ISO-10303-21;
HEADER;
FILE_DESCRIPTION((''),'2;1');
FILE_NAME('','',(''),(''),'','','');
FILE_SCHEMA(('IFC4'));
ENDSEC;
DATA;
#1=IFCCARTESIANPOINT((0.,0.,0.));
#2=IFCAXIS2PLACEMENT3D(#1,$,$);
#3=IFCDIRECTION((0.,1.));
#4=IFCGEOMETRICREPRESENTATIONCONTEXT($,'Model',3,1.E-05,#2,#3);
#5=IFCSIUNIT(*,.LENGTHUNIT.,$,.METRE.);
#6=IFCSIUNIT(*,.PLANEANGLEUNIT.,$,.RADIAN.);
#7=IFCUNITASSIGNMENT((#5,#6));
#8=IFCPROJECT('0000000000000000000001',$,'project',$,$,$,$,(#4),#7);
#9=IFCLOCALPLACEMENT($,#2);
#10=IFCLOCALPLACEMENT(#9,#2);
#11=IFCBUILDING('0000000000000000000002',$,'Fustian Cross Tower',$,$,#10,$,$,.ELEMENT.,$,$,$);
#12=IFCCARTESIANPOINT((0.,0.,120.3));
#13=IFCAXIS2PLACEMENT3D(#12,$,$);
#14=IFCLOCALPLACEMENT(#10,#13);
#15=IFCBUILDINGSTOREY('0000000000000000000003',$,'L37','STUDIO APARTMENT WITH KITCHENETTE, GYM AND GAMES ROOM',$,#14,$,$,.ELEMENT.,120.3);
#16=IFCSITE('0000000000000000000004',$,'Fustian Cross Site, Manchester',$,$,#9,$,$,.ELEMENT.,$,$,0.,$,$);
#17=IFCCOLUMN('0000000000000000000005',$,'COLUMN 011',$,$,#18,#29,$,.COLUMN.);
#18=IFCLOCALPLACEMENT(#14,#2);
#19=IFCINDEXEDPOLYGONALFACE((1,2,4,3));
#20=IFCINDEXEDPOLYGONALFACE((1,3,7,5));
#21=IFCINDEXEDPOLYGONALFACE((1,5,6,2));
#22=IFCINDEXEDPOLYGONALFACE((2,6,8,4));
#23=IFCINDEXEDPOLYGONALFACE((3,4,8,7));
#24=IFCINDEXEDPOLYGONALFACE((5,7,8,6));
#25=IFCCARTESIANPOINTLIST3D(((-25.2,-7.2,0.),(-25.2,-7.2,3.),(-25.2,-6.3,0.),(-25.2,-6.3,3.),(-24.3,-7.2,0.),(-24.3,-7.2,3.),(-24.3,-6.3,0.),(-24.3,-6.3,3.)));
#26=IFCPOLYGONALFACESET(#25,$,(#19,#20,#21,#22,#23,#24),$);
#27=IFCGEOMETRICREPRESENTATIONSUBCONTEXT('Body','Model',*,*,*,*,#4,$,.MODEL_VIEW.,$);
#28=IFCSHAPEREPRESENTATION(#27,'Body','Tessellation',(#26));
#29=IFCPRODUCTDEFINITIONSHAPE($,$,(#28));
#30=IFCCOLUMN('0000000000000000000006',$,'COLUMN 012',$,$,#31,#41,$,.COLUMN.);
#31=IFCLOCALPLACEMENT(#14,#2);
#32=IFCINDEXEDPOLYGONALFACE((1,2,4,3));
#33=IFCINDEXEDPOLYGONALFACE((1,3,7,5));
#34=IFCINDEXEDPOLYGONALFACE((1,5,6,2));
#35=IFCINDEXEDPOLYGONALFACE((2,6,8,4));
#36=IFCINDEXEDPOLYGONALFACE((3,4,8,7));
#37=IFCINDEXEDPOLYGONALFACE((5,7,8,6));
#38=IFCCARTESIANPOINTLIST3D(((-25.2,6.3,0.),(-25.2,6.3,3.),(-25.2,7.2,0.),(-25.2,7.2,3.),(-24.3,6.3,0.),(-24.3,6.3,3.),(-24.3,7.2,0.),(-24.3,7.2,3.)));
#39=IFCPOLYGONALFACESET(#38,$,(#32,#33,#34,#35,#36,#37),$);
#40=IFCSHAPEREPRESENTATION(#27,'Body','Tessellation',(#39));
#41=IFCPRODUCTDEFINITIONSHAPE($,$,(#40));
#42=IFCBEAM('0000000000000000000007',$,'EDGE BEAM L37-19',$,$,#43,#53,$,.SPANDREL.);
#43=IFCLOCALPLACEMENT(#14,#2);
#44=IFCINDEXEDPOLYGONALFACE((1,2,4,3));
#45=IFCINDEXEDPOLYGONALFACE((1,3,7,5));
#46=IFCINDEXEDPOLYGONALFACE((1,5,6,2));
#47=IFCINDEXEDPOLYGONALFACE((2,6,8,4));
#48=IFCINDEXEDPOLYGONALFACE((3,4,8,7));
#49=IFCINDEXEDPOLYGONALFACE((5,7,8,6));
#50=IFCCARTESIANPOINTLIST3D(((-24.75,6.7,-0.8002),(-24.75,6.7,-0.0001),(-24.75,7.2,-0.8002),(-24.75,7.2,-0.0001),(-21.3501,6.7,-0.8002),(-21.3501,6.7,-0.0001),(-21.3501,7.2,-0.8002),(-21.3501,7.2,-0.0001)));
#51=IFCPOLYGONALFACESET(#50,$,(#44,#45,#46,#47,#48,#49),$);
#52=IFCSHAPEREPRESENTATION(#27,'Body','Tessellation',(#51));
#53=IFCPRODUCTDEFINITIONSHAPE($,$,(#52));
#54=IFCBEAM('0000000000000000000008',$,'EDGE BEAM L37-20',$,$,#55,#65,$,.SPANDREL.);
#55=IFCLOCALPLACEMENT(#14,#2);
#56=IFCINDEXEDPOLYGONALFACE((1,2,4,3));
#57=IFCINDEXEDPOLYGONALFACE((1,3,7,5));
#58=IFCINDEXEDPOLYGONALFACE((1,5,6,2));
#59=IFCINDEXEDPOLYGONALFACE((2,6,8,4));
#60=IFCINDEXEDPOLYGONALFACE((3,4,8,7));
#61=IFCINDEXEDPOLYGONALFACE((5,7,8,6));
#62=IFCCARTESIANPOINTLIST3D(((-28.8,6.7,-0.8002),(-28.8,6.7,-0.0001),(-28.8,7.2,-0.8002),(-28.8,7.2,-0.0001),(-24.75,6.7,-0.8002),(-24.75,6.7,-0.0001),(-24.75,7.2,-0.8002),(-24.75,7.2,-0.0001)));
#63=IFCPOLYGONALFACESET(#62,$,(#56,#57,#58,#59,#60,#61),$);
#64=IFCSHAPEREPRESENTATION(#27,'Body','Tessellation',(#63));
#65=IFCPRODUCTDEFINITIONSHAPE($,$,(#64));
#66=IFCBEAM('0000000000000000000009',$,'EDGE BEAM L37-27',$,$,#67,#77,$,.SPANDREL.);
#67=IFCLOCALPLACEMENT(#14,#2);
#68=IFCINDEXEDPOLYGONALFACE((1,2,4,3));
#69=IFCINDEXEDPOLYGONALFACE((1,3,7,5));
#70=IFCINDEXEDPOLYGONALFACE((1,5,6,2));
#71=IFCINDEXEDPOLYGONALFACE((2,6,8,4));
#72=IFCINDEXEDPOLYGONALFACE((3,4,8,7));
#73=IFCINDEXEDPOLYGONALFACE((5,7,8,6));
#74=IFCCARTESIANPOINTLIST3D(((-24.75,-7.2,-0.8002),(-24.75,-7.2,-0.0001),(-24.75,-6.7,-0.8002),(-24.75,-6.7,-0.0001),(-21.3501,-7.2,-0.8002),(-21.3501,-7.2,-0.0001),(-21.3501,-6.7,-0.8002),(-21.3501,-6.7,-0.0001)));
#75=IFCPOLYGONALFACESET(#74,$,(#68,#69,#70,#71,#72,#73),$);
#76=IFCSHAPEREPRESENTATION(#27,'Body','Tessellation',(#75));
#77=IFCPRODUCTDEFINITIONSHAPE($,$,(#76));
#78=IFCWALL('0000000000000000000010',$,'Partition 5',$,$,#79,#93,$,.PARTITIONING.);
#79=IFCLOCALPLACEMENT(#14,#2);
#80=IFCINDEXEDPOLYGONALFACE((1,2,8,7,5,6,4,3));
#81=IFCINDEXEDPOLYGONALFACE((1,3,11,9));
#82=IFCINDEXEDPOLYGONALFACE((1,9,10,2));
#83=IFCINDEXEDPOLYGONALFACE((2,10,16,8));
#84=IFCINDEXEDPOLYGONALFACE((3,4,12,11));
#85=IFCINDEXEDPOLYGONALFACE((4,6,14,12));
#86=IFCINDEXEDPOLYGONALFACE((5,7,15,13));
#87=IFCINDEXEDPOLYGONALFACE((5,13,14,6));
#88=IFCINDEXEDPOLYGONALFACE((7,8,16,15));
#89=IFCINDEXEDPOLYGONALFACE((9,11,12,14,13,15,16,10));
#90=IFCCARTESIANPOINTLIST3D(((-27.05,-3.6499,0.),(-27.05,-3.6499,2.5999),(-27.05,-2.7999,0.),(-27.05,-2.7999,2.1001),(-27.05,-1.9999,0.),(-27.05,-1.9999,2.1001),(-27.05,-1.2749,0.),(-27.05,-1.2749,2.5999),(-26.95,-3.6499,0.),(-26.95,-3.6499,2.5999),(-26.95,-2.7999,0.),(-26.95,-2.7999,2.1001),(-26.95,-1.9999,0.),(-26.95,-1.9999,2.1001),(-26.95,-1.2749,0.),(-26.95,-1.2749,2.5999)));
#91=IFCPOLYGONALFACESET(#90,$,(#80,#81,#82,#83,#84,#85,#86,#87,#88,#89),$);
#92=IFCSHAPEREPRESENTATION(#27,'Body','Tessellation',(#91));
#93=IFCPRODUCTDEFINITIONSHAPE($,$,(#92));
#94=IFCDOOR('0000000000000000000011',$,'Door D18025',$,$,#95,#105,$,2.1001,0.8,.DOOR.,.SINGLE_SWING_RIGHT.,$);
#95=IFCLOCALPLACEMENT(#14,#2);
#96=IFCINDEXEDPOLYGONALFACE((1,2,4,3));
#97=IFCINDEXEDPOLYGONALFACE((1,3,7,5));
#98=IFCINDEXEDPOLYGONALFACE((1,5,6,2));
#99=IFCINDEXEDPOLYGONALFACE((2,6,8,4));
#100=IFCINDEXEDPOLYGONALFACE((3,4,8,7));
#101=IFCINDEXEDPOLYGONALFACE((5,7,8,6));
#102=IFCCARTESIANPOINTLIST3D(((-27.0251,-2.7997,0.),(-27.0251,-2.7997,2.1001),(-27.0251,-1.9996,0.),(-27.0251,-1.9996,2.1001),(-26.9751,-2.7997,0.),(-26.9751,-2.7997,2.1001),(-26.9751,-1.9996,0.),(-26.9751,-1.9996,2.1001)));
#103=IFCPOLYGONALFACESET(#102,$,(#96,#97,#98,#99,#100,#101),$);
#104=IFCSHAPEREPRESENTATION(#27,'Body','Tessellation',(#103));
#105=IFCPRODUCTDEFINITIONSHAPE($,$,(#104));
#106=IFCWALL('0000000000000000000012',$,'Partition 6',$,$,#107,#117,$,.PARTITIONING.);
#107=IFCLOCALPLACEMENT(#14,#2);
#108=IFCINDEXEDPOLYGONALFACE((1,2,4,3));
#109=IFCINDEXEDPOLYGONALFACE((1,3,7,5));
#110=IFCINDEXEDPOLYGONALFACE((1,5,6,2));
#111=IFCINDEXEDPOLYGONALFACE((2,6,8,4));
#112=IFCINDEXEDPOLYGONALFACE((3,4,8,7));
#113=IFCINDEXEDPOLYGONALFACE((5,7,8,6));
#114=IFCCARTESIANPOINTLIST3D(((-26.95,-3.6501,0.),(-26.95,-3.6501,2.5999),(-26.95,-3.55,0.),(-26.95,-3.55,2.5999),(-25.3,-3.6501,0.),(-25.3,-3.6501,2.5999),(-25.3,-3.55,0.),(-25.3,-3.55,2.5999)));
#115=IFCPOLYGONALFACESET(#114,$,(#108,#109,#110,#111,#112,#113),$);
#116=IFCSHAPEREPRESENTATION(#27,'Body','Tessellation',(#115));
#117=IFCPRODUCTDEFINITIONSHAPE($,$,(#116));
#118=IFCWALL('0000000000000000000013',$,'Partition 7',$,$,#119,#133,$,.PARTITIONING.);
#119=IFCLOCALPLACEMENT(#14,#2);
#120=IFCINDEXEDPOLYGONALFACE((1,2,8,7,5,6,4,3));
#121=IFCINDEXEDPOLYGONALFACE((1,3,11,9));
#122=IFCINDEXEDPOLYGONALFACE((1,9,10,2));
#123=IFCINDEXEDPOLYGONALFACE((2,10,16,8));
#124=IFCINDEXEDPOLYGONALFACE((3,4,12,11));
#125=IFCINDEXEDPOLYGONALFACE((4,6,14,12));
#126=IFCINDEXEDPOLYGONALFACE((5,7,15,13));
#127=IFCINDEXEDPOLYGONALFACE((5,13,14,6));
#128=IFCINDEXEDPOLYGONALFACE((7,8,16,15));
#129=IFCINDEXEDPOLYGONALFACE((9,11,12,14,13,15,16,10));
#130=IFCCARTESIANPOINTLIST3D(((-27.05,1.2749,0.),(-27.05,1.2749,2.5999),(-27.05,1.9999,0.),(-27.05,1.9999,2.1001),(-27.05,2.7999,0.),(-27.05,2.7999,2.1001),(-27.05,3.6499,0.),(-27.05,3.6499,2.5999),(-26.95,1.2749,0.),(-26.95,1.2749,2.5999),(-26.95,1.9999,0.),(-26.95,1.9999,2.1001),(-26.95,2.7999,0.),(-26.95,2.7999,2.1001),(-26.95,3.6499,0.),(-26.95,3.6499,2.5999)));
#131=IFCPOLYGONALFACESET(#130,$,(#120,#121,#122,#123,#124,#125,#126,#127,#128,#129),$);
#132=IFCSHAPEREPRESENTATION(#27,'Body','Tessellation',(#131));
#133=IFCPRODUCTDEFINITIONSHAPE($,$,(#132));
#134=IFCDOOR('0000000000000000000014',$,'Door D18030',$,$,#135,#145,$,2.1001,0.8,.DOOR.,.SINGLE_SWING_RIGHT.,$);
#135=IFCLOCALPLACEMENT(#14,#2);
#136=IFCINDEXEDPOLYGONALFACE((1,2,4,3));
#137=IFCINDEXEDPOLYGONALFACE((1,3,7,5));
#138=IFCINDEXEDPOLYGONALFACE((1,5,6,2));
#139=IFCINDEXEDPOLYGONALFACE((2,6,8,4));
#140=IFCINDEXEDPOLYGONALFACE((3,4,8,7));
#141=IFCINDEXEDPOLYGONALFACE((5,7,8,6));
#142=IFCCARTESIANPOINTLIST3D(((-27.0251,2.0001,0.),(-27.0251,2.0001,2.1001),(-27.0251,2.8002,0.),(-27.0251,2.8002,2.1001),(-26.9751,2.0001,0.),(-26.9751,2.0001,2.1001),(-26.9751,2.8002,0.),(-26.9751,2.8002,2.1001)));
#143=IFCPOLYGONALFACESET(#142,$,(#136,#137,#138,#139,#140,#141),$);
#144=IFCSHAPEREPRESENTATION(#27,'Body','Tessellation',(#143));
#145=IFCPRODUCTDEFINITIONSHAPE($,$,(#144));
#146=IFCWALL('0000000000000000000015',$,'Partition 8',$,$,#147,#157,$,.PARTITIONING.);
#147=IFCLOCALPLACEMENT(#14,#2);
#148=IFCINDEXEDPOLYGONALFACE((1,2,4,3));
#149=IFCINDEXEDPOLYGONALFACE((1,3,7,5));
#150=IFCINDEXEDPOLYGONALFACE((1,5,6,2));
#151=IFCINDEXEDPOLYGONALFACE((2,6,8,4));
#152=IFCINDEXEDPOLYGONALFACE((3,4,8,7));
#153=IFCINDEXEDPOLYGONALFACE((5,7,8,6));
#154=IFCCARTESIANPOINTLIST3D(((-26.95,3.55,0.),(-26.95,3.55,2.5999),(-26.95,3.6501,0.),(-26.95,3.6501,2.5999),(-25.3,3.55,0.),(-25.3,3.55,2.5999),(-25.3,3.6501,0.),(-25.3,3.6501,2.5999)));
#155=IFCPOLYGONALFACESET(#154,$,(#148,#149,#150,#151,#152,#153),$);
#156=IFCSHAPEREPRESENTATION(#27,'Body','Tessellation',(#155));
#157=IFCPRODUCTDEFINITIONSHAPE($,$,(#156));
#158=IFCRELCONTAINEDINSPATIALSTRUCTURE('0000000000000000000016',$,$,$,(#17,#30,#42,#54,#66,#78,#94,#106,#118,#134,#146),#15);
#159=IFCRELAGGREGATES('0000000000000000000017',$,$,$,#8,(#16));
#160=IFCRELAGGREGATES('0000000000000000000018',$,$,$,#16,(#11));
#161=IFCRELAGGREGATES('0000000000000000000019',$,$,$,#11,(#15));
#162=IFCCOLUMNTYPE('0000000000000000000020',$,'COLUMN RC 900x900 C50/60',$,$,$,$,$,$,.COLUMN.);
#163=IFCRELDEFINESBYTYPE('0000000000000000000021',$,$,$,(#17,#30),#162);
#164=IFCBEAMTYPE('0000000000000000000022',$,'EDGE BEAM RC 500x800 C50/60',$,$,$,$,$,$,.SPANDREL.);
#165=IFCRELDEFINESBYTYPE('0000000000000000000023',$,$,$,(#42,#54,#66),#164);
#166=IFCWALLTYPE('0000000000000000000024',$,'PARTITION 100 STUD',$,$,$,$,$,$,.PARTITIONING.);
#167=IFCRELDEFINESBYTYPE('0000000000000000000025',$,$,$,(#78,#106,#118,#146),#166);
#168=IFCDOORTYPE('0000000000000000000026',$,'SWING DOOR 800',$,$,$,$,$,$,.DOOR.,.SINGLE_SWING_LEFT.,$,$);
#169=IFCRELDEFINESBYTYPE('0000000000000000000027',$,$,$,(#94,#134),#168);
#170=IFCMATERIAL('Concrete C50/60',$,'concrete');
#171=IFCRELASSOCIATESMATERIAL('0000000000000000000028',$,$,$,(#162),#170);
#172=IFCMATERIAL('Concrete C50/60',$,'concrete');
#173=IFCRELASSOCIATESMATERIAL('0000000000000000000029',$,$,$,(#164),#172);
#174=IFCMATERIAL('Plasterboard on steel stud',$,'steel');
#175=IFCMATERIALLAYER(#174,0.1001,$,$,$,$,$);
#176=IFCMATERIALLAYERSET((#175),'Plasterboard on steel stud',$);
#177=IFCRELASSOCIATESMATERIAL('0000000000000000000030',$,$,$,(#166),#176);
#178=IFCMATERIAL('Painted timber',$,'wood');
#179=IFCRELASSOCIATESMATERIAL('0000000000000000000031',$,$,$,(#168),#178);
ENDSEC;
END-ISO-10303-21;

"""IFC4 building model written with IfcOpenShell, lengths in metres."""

from ifc_helpers import new_model, si_unit, direction, frame, frame_2d, origin, origin_2d, place, context, subcontext, project, spatial, rectangle, extrude, material, layer, layer_set, material_profile, profile_set, type_object, element, fill, save


model = new_model("IFC4")

# Units and contexts
model_context = context("Model", 3, precision=1e-05, world=origin(), true_north=direction((0.0, 1.0)))
body_context = subcontext(model_context, "Body", "Model", "MODEL_VIEW")
ifc_project = project(units=[si_unit("LENGTHUNIT", "METRE"), si_unit("PLANEANGLEUNIT", "RADIAN")], contexts=[model_context])

# Site, building, storey
site_placement = place(None, origin())
site = spatial("IfcSite", under=ifc_project, at=site_placement, Name="Fustian Cross Site, Manchester", CompositionType="ELEMENT", RefElevation=0.0)
building_placement = place(site_placement, origin())
building = spatial("IfcBuilding", under=site, at=building_placement, Name="Fustian Cross Tower", CompositionType="ELEMENT")
storey_placement = place(building_placement, frame((0.0, 0.0, 120.3)))
storey = spatial("IfcBuildingStorey", under=building, at=storey_placement, Name="L37", Description="STUDIO APARTMENT WITH KITCHENETTE, GYM AND GAMES ROOM", CompositionType="ELEMENT", Elevation=120.3)

# Columns
ifc_material_1 = material(Name="Concrete C50/60", Category="concrete")
ifc_material_profile_1 = material_profile(ifc_material_1, rectangle(XDim=0.8999, YDim=0.8999, at=origin_2d()), Name="RC 900x900")
ifc_profile_set_1 = profile_set([ifc_material_profile_1], Name="Concrete C50/60")
column_type = type_object("IfcColumnType", Name="COLUMN RC 900x900 C50/60", PredefinedType="COLUMN", material=ifc_profile_set_1)
for number, where, z_axis, x_axis, name in (
    (1, (-24.75, -6.75, 0.0), (0.0, 0.0, 1.0), (1.0, 0.0, 0.0), "COLUMN 011"),
    (2, (-24.75, 6.75, 0.0), (0.0, 0.0, 1.0), (1.0, 0.0, 0.0), "COLUMN 012"),
):
    element("IfcColumn", number, at=place(storey_placement, frame(where, z_axis=z_axis, x_axis=x_axis)), inside=storey, type_object=column_type, Name=name, PredefinedType="COLUMN", context=body_context, shape_type="SweptSolid", body=[
        extrude(rectangle(XDim=0.8999, YDim=0.8999, at=origin_2d()), origin(), (0.0, 0.0, 1.0), 3.0),
    ])

# Beams
ifc_material_2 = material(Name="Concrete C50/60", Category="concrete")
ifc_material_profile_2 = material_profile(ifc_material_2, rectangle(XDim=0.5, YDim=0.8, at=origin_2d()), Name="RC 500x800")
ifc_profile_set_2 = profile_set([ifc_material_profile_2], Name="Concrete C50/60")
beam_type = type_object("IfcBeamType", Name="EDGE BEAM RC 500x800 C50/60", PredefinedType="SPANDREL", material=ifc_profile_set_2)
beam_1_placement = place(storey_placement, frame((-21.3501, 6.95, -0.4001), z_axis=(-1.0, 0.0, 0.0), x_axis=(0.0, -1.0, 0.0)))
element("IfcBeam", 3, at=beam_1_placement, inside=storey, type_object=beam_type, Name="EDGE BEAM L37-19", PredefinedType="SPANDREL", context=body_context, shape_type="SweptSolid", body=[
    extrude(rectangle(XDim=0.5, YDim=0.8, at=origin_2d()), origin(), (0.0, 0.0, 1.0), 3.3999),
])
beam_2_placement = place(storey_placement, frame((-24.75, 6.95, -0.4001), z_axis=(-1.0, 0.0, 0.0), x_axis=(0.0, -1.0, 0.0)))
element("IfcBeam", 4, at=beam_2_placement, inside=storey, type_object=beam_type, Name="EDGE BEAM L37-20", PredefinedType="SPANDREL", context=body_context, shape_type="SweptSolid", body=[
    extrude(rectangle(XDim=0.5, YDim=0.8, at=origin_2d()), origin(), (0.0, 0.0, 1.0), 4.05),
])
beam_3_placement = place(storey_placement, frame((-24.75, -6.95, -0.4001), z_axis=(1.0, 0.0, 0.0), x_axis=(0.0, 1.0, 0.0)))
element("IfcBeam", 5, at=beam_3_placement, inside=storey, type_object=beam_type, Name="EDGE BEAM L37-27", PredefinedType="SPANDREL", context=body_context, shape_type="SweptSolid", body=[
    extrude(rectangle(XDim=0.5, YDim=0.8, at=origin_2d()), origin(), (0.0, 0.0, 1.0), 3.3999),
])

# Wall, opening, door
ifc_material_3 = material(Name="Plasterboard on steel stud", Category="steel")
ifc_layer_1 = layer(ifc_material_3, 0.1001)
ifc_layer_set_1 = layer_set([ifc_layer_1], Name="Plasterboard on steel stud")
wall_type_1 = type_object("IfcWallType", Name="PARTITION 100 STUD", PredefinedType="PARTITIONING", material=ifc_layer_set_1)
wall_1_placement = place(storey_placement, frame((-27.0, -3.6499, 0.0), z_axis=(0.0, 0.0, 1.0), x_axis=(0.0, 1.0, 0.0)))
wall_1 = element("IfcWall", 6, at=wall_1_placement, inside=storey, type_object=wall_type_1, Name="Partition 5", PredefinedType="PARTITIONING", context=body_context, shape_type="SweptSolid", body=[
    extrude(rectangle(XDim=2.375, YDim=0.1001, at=frame_2d((1.1875, 0.0))), origin(), (0.0, 0.0, 1.0), 2.5999),
])
opening_1_placement = place(wall_1_placement, frame((0.8501, 0.0, 0.0)))
opening_1 = element("IfcOpeningElement", 7, at=opening_1_placement, cuts=wall_1, PredefinedType="OPENING", context=body_context, shape_type="SweptSolid", body=[
    extrude(rectangle(XDim=0.8, YDim=2.1001, at=frame_2d((0.3999, 1.05))), frame((0.0, 0.0601, 0.0), z_axis=(0.0, -1.0, 0.0), x_axis=(1.0, 0.0, 0.0)), (0.0, 0.0, 1.0), 0.1201),
])
ifc_material_4 = material(Name="Painted timber", Category="wood")
door_type = type_object("IfcDoorType", Name="SWING DOOR 800", OperationType="SINGLE_SWING_LEFT", PredefinedType="DOOR", material=ifc_material_4)
door_1_placement = place(opening_1_placement, frame((0.8, 0.0, 0.0), z_axis=(0.0, 0.0, 1.0), x_axis=(-1.0, 0.0, 0.0)))
door_1 = element("IfcDoor", 8, at=door_1_placement, inside=storey, type_object=door_type, Name="Door D18025", OperationType="SINGLE_SWING_RIGHT", OverallHeight=2.1001, OverallWidth=0.8, PredefinedType="DOOR", context=body_context, shape_type="SweptSolid", body=[
    extrude(rectangle(XDim=0.8, YDim=2.1001, at=frame_2d((0.3999, 1.05))), frame((0.0, 0.0249, 0.0), z_axis=(0.0, -1.0, 0.0), x_axis=(1.0, 0.0, 0.0)), (0.0, 0.0, 1.0), 0.05),
])
fill(opening_1, door_1)

# Wall
wall_2_placement = place(storey_placement, frame((-26.95, -3.6001, 0.0), z_axis=(0.0, 0.0, 1.0), x_axis=(1.0, 0.0, 0.0)))
element("IfcWall", 9, at=wall_2_placement, inside=storey, type_object=wall_type_1, Name="Partition 6", PredefinedType="PARTITIONING", context=body_context, shape_type="SweptSolid", body=[
    extrude(rectangle(XDim=1.6499, YDim=0.1001, at=frame_2d((0.825, 0.0))), origin(), (0.0, 0.0, 1.0), 2.5999),
])

# Wall, opening, door
wall_3_placement = place(storey_placement, frame((-27.0, 1.2749, 0.0), z_axis=(0.0, 0.0, 1.0), x_axis=(0.0, 1.0, 0.0)))
wall_3 = element("IfcWall", 10, at=wall_3_placement, inside=storey, type_object=wall_type_1, Name="Partition 7", PredefinedType="PARTITIONING", context=body_context, shape_type="SweptSolid", body=[
    extrude(rectangle(XDim=2.375, YDim=0.1001, at=frame_2d((1.1875, 0.0))), origin(), (0.0, 0.0, 1.0), 2.5999),
])
opening_2_placement = place(wall_3_placement, frame((0.7251, 0.0, 0.0)))
opening_2 = element("IfcOpeningElement", 11, at=opening_2_placement, cuts=wall_3, PredefinedType="OPENING", context=body_context, shape_type="SweptSolid", body=[
    extrude(rectangle(XDim=0.8, YDim=2.1001, at=frame_2d((0.3999, 1.05))), frame((0.0, 0.0601, 0.0), z_axis=(0.0, -1.0, 0.0), x_axis=(1.0, 0.0, 0.0)), (0.0, 0.0, 1.0), 0.1201),
])
door_2_placement = place(opening_2_placement, frame((0.8, 0.0, 0.0), z_axis=(0.0, 0.0, 1.0), x_axis=(-1.0, 0.0, 0.0)))
door_2 = element("IfcDoor", 12, at=door_2_placement, inside=storey, type_object=door_type, Name="Door D18030", OperationType="SINGLE_SWING_RIGHT", OverallHeight=2.1001, OverallWidth=0.8, PredefinedType="DOOR", context=body_context, shape_type="SweptSolid", body=[
    extrude(rectangle(XDim=0.8, YDim=2.1001, at=frame_2d((0.3999, 1.05))), frame((0.0, 0.0249, 0.0), z_axis=(0.0, -1.0, 0.0), x_axis=(1.0, 0.0, 0.0)), (0.0, 0.0, 1.0), 0.05),
])
fill(opening_2, door_2)

# Wall
wall_4_placement = place(storey_placement, frame((-26.95, 3.6001, 0.0), z_axis=(0.0, 0.0, 1.0), x_axis=(1.0, 0.0, 0.0)))
element("IfcWall", 13, at=wall_4_placement, inside=storey, type_object=wall_type_1, Name="Partition 8", PredefinedType="PARTITIONING", context=body_context, shape_type="SweptSolid", body=[
    extrude(rectangle(XDim=1.6499, YDim=0.1001, at=frame_2d((0.825, 0.0))), origin(), (0.0, 0.0, 1.0), 2.5999),
])

save(model, "model.ifc")
